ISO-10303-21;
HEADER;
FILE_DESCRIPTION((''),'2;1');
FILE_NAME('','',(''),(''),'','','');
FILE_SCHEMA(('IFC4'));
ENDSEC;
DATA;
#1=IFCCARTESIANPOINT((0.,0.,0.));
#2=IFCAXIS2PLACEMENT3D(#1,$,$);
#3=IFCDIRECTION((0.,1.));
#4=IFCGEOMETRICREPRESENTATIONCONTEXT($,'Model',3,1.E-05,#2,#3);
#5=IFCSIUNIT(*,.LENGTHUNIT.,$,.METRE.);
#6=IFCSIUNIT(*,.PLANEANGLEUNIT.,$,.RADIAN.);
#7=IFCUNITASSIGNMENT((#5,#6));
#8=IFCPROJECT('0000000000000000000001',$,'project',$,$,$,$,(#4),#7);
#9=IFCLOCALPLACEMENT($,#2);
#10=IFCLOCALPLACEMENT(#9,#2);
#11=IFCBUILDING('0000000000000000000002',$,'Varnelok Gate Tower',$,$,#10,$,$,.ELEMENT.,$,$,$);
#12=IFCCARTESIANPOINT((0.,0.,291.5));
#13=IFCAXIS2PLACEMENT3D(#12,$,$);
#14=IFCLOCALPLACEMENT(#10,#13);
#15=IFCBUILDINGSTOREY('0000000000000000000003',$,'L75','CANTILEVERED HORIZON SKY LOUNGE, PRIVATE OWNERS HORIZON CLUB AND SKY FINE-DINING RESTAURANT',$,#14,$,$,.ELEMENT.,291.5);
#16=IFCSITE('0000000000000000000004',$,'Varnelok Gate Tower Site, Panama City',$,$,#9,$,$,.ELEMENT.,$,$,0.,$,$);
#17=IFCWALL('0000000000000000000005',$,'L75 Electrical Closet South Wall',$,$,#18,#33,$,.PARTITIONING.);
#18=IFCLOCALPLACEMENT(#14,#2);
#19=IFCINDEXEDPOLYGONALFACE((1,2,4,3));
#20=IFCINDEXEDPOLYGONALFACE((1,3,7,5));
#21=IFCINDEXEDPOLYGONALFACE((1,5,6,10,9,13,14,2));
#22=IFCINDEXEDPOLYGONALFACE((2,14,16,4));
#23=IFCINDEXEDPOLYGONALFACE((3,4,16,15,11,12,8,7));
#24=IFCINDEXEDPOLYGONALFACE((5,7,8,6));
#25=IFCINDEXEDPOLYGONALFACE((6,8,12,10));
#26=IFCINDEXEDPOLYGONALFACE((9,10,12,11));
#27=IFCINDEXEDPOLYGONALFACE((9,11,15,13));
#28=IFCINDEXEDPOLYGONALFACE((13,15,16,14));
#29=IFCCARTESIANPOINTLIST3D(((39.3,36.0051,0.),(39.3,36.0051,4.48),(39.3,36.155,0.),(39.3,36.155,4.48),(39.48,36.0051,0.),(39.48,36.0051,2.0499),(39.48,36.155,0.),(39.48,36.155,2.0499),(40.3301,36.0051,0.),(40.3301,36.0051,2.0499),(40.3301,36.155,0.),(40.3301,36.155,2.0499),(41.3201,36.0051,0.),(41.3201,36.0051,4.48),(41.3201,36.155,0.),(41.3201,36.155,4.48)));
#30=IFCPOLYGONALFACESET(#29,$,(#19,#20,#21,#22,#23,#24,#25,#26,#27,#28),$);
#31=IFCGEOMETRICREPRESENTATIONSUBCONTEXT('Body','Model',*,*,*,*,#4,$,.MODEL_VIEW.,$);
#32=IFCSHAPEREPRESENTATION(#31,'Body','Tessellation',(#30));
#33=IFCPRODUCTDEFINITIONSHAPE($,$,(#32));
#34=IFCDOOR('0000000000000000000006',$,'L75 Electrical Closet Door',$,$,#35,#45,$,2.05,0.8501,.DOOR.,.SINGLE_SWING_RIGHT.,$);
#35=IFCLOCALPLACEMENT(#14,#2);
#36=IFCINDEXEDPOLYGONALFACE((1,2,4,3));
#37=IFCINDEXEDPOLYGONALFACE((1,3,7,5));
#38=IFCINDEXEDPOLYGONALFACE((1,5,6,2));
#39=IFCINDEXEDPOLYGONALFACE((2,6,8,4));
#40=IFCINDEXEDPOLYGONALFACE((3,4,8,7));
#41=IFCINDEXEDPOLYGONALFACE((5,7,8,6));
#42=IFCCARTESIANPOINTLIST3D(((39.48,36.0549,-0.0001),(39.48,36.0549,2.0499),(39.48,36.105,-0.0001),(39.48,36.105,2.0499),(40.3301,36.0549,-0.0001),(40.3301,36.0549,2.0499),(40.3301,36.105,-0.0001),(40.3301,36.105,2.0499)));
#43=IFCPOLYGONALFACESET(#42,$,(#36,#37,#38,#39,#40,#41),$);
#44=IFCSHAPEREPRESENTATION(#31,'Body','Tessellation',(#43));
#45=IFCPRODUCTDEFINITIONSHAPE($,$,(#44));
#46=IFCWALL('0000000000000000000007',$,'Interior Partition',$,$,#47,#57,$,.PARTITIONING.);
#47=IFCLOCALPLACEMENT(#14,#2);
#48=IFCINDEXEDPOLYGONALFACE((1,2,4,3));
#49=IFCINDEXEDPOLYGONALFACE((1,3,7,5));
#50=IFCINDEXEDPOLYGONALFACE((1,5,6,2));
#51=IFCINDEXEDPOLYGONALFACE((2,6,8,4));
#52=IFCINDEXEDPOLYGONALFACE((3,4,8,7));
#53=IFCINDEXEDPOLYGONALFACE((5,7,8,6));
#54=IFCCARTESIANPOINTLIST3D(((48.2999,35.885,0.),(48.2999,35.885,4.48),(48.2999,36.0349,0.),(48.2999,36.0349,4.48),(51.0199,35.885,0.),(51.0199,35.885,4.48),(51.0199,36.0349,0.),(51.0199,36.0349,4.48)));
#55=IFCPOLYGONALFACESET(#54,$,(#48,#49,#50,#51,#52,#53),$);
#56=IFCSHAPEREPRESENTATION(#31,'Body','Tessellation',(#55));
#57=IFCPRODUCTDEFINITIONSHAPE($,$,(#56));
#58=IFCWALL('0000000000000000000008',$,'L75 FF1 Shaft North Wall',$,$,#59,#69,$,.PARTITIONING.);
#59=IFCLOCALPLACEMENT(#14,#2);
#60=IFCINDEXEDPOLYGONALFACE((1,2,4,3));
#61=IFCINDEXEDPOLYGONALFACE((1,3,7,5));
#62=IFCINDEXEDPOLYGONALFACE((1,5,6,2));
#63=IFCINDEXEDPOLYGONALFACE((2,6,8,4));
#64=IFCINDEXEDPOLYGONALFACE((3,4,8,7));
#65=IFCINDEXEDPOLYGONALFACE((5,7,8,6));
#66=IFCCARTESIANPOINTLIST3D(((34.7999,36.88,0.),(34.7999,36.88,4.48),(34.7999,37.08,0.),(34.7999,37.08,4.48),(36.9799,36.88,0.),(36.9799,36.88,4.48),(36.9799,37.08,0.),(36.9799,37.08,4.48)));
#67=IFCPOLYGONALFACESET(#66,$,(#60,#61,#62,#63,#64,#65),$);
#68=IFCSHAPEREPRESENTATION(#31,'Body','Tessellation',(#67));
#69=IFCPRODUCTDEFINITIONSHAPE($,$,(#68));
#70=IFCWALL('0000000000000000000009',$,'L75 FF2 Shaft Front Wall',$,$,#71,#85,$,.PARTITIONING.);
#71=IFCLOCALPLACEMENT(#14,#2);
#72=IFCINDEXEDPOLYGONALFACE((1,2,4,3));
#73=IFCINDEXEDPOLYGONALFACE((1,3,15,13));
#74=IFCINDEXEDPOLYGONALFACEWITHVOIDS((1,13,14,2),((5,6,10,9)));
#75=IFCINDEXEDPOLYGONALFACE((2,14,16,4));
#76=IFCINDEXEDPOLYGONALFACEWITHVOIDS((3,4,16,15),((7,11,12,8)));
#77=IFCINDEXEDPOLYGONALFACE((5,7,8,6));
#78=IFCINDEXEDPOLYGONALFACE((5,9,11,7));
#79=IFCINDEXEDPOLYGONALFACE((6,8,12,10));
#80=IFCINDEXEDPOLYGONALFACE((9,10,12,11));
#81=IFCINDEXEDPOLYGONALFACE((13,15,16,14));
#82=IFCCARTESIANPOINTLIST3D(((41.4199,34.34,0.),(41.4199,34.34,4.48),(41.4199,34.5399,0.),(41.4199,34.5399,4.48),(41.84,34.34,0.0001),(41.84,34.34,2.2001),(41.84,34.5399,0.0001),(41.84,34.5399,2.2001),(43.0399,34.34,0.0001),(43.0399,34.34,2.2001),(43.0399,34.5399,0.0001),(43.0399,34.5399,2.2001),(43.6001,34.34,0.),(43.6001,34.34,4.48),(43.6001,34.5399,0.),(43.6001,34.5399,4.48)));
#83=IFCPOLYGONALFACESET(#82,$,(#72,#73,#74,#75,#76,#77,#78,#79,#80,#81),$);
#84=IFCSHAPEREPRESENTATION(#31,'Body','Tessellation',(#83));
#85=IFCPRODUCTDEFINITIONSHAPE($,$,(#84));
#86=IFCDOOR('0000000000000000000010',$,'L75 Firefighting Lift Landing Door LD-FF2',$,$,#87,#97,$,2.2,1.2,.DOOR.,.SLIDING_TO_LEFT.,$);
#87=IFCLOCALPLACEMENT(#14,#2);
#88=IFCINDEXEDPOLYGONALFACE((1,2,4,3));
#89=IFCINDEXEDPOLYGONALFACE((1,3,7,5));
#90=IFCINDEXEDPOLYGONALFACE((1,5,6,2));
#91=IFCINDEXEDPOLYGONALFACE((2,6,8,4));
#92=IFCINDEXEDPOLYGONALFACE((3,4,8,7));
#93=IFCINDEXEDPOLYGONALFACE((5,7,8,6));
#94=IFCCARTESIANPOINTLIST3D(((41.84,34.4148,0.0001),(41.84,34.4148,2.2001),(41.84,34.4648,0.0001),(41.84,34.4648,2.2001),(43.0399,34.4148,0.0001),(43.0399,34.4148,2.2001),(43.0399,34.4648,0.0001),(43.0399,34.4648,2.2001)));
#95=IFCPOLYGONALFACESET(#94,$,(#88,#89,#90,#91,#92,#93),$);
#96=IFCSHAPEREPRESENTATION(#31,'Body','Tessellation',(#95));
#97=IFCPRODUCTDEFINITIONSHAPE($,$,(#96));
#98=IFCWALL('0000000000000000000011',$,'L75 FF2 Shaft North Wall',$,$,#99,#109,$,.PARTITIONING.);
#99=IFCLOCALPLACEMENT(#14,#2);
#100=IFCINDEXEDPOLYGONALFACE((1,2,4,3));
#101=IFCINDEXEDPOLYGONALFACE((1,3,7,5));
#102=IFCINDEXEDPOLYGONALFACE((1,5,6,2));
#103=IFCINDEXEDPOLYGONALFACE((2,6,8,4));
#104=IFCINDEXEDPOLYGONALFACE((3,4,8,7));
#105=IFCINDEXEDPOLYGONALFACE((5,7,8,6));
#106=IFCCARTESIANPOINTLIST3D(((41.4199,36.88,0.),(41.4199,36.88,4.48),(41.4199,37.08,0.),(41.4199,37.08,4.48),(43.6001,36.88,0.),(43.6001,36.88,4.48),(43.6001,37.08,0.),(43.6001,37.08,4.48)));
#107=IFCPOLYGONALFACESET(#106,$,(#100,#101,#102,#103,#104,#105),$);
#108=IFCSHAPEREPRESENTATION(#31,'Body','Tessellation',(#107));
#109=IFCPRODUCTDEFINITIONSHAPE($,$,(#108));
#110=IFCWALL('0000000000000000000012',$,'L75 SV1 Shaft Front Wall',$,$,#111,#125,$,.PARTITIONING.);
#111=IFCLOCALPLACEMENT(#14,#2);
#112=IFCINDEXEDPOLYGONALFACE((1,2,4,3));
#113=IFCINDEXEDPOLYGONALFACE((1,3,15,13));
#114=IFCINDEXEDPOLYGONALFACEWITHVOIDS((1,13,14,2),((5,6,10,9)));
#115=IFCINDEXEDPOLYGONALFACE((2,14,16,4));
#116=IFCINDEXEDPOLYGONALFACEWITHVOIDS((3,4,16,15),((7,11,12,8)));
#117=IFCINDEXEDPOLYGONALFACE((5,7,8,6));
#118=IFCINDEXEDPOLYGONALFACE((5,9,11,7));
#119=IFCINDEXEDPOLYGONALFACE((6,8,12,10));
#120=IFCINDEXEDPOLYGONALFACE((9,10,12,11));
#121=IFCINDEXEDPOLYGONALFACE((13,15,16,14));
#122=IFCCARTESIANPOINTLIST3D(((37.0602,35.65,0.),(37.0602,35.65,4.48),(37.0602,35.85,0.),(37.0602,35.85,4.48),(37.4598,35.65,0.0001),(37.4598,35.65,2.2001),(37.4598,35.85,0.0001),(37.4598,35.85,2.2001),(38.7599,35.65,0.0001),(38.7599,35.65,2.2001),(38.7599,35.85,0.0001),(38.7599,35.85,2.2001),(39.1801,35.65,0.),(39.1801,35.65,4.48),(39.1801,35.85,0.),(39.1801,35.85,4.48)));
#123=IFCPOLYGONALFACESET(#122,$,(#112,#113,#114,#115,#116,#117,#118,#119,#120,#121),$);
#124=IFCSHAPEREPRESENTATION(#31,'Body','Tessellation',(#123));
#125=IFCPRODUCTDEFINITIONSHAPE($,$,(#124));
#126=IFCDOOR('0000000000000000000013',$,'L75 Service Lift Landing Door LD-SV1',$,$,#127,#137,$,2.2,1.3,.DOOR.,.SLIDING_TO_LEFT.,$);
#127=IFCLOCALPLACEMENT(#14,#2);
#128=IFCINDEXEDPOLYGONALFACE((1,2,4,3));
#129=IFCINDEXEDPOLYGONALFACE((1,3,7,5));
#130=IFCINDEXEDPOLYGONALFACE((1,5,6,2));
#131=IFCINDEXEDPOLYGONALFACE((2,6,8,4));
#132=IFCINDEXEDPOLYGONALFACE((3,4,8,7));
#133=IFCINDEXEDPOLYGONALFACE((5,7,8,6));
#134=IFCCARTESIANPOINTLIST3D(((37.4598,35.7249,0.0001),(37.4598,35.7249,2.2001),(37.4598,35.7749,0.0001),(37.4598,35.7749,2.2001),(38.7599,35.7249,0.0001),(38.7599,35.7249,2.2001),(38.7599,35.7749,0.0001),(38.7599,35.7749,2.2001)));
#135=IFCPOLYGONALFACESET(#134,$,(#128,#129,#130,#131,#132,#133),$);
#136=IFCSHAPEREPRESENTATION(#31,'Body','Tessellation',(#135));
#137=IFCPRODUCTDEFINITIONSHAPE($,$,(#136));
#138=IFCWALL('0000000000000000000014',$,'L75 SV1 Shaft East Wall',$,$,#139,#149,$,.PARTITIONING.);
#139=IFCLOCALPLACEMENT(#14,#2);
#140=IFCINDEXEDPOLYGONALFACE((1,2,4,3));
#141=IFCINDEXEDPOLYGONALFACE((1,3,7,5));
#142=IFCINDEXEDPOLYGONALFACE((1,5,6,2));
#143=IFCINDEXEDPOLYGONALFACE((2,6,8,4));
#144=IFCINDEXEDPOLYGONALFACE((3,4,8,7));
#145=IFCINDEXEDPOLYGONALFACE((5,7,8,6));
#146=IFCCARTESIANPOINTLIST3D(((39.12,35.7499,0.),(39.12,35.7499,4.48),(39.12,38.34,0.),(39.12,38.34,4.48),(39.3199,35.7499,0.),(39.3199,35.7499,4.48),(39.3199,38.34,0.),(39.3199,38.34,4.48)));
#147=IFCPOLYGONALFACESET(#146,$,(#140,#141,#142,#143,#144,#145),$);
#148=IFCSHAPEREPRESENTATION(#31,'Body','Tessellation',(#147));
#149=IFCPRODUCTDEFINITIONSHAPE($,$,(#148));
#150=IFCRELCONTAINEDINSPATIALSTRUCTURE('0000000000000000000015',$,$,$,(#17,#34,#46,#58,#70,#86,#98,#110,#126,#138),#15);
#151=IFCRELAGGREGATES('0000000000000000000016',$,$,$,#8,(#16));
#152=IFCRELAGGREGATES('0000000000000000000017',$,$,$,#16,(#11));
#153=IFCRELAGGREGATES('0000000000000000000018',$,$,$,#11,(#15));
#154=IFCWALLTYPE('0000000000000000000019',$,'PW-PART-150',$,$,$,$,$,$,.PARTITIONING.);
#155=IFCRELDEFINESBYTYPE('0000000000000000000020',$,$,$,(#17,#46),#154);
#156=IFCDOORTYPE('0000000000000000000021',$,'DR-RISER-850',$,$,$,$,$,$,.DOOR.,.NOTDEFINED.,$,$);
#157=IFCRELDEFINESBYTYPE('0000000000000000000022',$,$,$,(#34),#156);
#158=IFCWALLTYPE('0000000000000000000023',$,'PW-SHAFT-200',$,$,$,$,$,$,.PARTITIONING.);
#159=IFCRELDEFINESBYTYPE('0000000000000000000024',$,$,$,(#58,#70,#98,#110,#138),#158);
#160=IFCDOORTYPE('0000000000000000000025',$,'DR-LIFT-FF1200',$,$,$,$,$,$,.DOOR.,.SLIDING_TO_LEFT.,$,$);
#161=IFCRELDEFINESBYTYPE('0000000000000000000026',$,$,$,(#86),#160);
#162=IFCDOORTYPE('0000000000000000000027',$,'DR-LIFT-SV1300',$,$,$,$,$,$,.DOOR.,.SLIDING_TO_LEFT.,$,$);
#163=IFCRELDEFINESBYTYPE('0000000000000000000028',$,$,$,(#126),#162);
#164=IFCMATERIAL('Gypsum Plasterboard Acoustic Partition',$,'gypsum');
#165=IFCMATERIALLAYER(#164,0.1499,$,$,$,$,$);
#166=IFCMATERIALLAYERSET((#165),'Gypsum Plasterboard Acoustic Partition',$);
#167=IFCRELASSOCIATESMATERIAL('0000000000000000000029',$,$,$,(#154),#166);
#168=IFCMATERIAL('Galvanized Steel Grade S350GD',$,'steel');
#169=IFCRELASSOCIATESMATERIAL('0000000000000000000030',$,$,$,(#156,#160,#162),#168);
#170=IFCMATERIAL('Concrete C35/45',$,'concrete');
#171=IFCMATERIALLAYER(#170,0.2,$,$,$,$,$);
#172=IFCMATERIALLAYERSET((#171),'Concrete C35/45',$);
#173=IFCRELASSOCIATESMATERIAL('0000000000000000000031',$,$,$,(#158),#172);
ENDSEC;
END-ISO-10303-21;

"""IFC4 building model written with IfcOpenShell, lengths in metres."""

from ifc_helpers import new_model, si_unit, direction, frame, frame_2d, origin, place, context, subcontext, project, spatial, rectangle, extrude, material, layer, layer_set, type_object, element, fill, save


model = new_model("IFC4")

# Units and contexts
model_context = context("Model", 3, precision=1e-05, world=origin(), true_north=direction((0.0, 1.0)))
body_context = subcontext(model_context, "Body", "Model", "MODEL_VIEW")
ifc_project = project(units=[si_unit("LENGTHUNIT", "METRE"), si_unit("PLANEANGLEUNIT", "RADIAN")], contexts=[model_context])

# Site, building, storey
site_placement = place(None, origin())
site = spatial("IfcSite", under=ifc_project, at=site_placement, Name="Varnelok Gate Tower Site, Panama City", CompositionType="ELEMENT", RefElevation=0.0)
building_placement = place(site_placement, origin())
building = spatial("IfcBuilding", under=site, at=building_placement, Name="Varnelok Gate Tower", CompositionType="ELEMENT")
storey_placement = place(building_placement, frame((0.0, 0.0, 291.5)))
storey = spatial("IfcBuildingStorey", under=building, at=storey_placement, Name="L75", Description="CANTILEVERED HORIZON SKY LOUNGE, PRIVATE OWNERS HORIZON CLUB AND SKY FINE-DINING RESTAURANT", CompositionType="ELEMENT", Elevation=291.5)

# Wall, opening, door
ifc_material_1 = material(Name="Gypsum Plasterboard Acoustic Partition", Category="gypsum")
ifc_layer_1 = layer(ifc_material_1, 0.1499)
ifc_layer_set_1 = layer_set([ifc_layer_1], Name="Gypsum Plasterboard Acoustic Partition")
wall_type_1 = type_object("IfcWallType", Name="PW-PART-150", PredefinedType="PARTITIONING", material=ifc_layer_set_1)
wall_1_placement = place(storey_placement, frame((39.3, 36.0801, 0.0), z_axis=(0.0, 0.0, 1.0), x_axis=(1.0, 0.0, 0.0)))
wall_1 = element("IfcWall", 1, at=wall_1_placement, inside=storey, type_object=wall_type_1, Name="L75 Electrical Closet South Wall", PredefinedType="PARTITIONING", context=body_context, shape_type="SweptSolid", body=[
    extrude(rectangle(XDim=2.02, YDim=0.1499, at=frame_2d((1.01, 0.0))), origin(), (0.0, 0.0, 1.0), 4.48),
])
opening_1_placement = place(wall_1_placement, frame((0.1799, 0.0, 0.0)))
opening_1 = element("IfcOpeningElement", 2, at=opening_1_placement, cuts=wall_1, PredefinedType="OPENING", context=body_context, shape_type="SweptSolid", body=[
    extrude(rectangle(XDim=0.8501, YDim=2.05, at=frame_2d((0.425, 1.0249))), frame((0.0, 0.085, 0.0), z_axis=(0.0, -1.0, 0.0), x_axis=(1.0, 0.0, 0.0)), (0.0, 0.0, 1.0), 0.1699),
])
ifc_material_2 = material(Name="Galvanized Steel Grade S350GD", Category="steel")
door_type_1 = type_object("IfcDoorType", Name="DR-RISER-850", OperationType="NOTDEFINED", PredefinedType="DOOR", material=ifc_material_2)
door_1_placement = place(opening_1_placement, origin())
door_1 = element("IfcDoor", 3, at=door_1_placement, inside=storey, type_object=door_type_1, Name="L75 Electrical Closet Door", OperationType="SINGLE_SWING_RIGHT", OverallHeight=2.05, OverallWidth=0.8501, PredefinedType="DOOR", context=body_context, shape_type="SweptSolid", body=[
    extrude(rectangle(XDim=0.8501, YDim=2.05, at=frame_2d((0.425, 1.0249))), frame((0.0, 0.0249, 0.0), z_axis=(0.0, -1.0, 0.0), x_axis=(1.0, 0.0, 0.0)), (0.0, 0.0, 1.0), 0.05),
])
fill(opening_1, door_1)

# Walls
wall_2_placement = place(storey_placement, frame((48.3, 35.96, 0.0), z_axis=(0.0, 0.0, 1.0), x_axis=(1.0, 0.0, 0.0)))
element("IfcWall", 4, at=wall_2_placement, inside=storey, type_object=wall_type_1, Name="Interior Partition", PredefinedType="PARTITIONING", context=body_context, shape_type="SweptSolid", body=[
    extrude(rectangle(XDim=2.72, YDim=0.1499, at=frame_2d((1.3599, 0.0))), origin(), (0.0, 0.0, 1.0), 4.48),
])
ifc_material_3 = material(Name="Concrete C35/45", Category="concrete")
ifc_layer_2 = layer(ifc_material_3, 0.2)
ifc_layer_set_2 = layer_set([ifc_layer_2], Name="Concrete C35/45")
wall_type_2 = type_object("IfcWallType", Name="PW-SHAFT-200", PredefinedType="PARTITIONING", material=ifc_layer_set_2)
wall_3_placement = place(storey_placement, frame((34.8, 36.98, 0.0), z_axis=(0.0, 0.0, 1.0), x_axis=(1.0, 0.0, 0.0)))
element("IfcWall", 5, at=wall_3_placement, inside=storey, type_object=wall_type_2, Name="L75 FF1 Shaft North Wall", PredefinedType="PARTITIONING", context=body_context, shape_type="SweptSolid", body=[
    extrude(rectangle(XDim=2.1799, YDim=0.2, at=frame_2d((1.0898, 0.0))), origin(), (0.0, 0.0, 1.0), 4.48),
])

# Wall, opening, door
wall_4_placement = place(storey_placement, frame((41.4199, 34.4399, 0.0), z_axis=(0.0, 0.0, 1.0), x_axis=(1.0, 0.0, 0.0)))
wall_4 = element("IfcWall", 6, at=wall_4_placement, inside=storey, type_object=wall_type_2, Name="L75 FF2 Shaft Front Wall", PredefinedType="PARTITIONING", context=body_context, shape_type="SweptSolid", body=[
    extrude(rectangle(XDim=2.1802, YDim=0.2, at=frame_2d((1.0901, 0.0))), origin(), (0.0, 0.0, 1.0), 4.48),
])
opening_2_placement = place(wall_4_placement, frame((0.4199, 0.0, 0.0)))
opening_2 = element("IfcOpeningElement", 7, at=opening_2_placement, cuts=wall_4, PredefinedType="OPENING", context=body_context, shape_type="SweptSolid", body=[
    extrude(rectangle(XDim=1.2, YDim=2.2, at=frame_2d((0.6001, 1.1001))), frame((0.0, 0.1099, 0.0), z_axis=(0.0, -1.0, 0.0), x_axis=(1.0, 0.0, 0.0)), (0.0, 0.0, 1.0), 0.22),
])
door_type_2 = type_object("IfcDoorType", Name="DR-LIFT-FF1200", OperationType="SLIDING_TO_LEFT", PredefinedType="DOOR", material=ifc_material_2)
door_2_placement = place(opening_2_placement, origin())
door_2 = element("IfcDoor", 8, at=door_2_placement, inside=storey, type_object=door_type_2, Name="L75 Firefighting Lift Landing Door LD-FF2", OperationType="SLIDING_TO_LEFT", OverallHeight=2.2, OverallWidth=1.2, PredefinedType="DOOR", context=body_context, shape_type="SweptSolid", body=[
    extrude(rectangle(XDim=1.2, YDim=2.2, at=frame_2d((0.6001, 1.1001))), frame((0.0, 0.0249, 0.0), z_axis=(0.0, -1.0, 0.0), x_axis=(1.0, 0.0, 0.0)), (0.0, 0.0, 1.0), 0.05),
])
fill(opening_2, door_2)

# Wall
wall_5_placement = place(storey_placement, frame((41.4199, 36.98, 0.0), z_axis=(0.0, 0.0, 1.0), x_axis=(1.0, 0.0, 0.0)))
element("IfcWall", 9, at=wall_5_placement, inside=storey, type_object=wall_type_2, Name="L75 FF2 Shaft North Wall", PredefinedType="PARTITIONING", context=body_context, shape_type="SweptSolid", body=[
    extrude(rectangle(XDim=2.1802, YDim=0.2, at=frame_2d((1.0901, 0.0))), origin(), (0.0, 0.0, 1.0), 4.48),
])

# Wall, opening, door
wall_6_placement = place(storey_placement, frame((37.0601, 35.75, 0.0), z_axis=(0.0, 0.0, 1.0), x_axis=(1.0, 0.0, 0.0)))
wall_6 = element("IfcWall", 10, at=wall_6_placement, inside=storey, type_object=wall_type_2, Name="L75 SV1 Shaft Front Wall", PredefinedType="PARTITIONING", context=body_context, shape_type="SweptSolid", body=[
    extrude(rectangle(XDim=2.1199, YDim=0.2, at=frame_2d((1.0601, 0.0))), origin(), (0.0, 0.0, 1.0), 4.48),
])
opening_3_placement = place(wall_6_placement, frame((0.3999, 0.0, 0.0)))
opening_3 = element("IfcOpeningElement", 11, at=opening_3_placement, cuts=wall_6, PredefinedType="OPENING", context=body_context, shape_type="SweptSolid", body=[
    extrude(rectangle(XDim=1.3, YDim=2.2, at=frame_2d((0.6499, 1.1001))), frame((0.0, 0.1099, 0.0), z_axis=(0.0, -1.0, 0.0), x_axis=(1.0, 0.0, 0.0)), (0.0, 0.0, 1.0), 0.22),
])
door_type_3 = type_object("IfcDoorType", Name="DR-LIFT-SV1300", OperationType="SLIDING_TO_LEFT", PredefinedType="DOOR", material=ifc_material_2)
door_3_placement = place(opening_3_placement, origin())
door_3 = element("IfcDoor", 12, at=door_3_placement, inside=storey, type_object=door_type_3, Name="L75 Service Lift Landing Door LD-SV1", OperationType="SLIDING_TO_LEFT", OverallHeight=2.2, OverallWidth=1.3, PredefinedType="DOOR", context=body_context, shape_type="SweptSolid", body=[
    extrude(rectangle(XDim=1.3, YDim=2.2, at=frame_2d((0.6499, 1.1001))), frame((0.0, 0.0249, 0.0), z_axis=(0.0, -1.0, 0.0), x_axis=(1.0, 0.0, 0.0)), (0.0, 0.0, 1.0), 0.05),
])
fill(opening_3, door_3)

# Wall
wall_7_placement = place(storey_placement, frame((39.22, 35.75, 0.0), z_axis=(0.0, 0.0, 1.0), x_axis=(0.0, 1.0, 0.0)))
element("IfcWall", 13, at=wall_7_placement, inside=storey, type_object=wall_type_2, Name="L75 SV1 Shaft East Wall", PredefinedType="PARTITIONING", context=body_context, shape_type="SweptSolid", body=[
    extrude(rectangle(XDim=2.5901, YDim=0.2, at=frame_2d((1.2949, 0.0))), origin(), (0.0, 0.0, 1.0), 4.48),
])

save(model, "model.ifc")
